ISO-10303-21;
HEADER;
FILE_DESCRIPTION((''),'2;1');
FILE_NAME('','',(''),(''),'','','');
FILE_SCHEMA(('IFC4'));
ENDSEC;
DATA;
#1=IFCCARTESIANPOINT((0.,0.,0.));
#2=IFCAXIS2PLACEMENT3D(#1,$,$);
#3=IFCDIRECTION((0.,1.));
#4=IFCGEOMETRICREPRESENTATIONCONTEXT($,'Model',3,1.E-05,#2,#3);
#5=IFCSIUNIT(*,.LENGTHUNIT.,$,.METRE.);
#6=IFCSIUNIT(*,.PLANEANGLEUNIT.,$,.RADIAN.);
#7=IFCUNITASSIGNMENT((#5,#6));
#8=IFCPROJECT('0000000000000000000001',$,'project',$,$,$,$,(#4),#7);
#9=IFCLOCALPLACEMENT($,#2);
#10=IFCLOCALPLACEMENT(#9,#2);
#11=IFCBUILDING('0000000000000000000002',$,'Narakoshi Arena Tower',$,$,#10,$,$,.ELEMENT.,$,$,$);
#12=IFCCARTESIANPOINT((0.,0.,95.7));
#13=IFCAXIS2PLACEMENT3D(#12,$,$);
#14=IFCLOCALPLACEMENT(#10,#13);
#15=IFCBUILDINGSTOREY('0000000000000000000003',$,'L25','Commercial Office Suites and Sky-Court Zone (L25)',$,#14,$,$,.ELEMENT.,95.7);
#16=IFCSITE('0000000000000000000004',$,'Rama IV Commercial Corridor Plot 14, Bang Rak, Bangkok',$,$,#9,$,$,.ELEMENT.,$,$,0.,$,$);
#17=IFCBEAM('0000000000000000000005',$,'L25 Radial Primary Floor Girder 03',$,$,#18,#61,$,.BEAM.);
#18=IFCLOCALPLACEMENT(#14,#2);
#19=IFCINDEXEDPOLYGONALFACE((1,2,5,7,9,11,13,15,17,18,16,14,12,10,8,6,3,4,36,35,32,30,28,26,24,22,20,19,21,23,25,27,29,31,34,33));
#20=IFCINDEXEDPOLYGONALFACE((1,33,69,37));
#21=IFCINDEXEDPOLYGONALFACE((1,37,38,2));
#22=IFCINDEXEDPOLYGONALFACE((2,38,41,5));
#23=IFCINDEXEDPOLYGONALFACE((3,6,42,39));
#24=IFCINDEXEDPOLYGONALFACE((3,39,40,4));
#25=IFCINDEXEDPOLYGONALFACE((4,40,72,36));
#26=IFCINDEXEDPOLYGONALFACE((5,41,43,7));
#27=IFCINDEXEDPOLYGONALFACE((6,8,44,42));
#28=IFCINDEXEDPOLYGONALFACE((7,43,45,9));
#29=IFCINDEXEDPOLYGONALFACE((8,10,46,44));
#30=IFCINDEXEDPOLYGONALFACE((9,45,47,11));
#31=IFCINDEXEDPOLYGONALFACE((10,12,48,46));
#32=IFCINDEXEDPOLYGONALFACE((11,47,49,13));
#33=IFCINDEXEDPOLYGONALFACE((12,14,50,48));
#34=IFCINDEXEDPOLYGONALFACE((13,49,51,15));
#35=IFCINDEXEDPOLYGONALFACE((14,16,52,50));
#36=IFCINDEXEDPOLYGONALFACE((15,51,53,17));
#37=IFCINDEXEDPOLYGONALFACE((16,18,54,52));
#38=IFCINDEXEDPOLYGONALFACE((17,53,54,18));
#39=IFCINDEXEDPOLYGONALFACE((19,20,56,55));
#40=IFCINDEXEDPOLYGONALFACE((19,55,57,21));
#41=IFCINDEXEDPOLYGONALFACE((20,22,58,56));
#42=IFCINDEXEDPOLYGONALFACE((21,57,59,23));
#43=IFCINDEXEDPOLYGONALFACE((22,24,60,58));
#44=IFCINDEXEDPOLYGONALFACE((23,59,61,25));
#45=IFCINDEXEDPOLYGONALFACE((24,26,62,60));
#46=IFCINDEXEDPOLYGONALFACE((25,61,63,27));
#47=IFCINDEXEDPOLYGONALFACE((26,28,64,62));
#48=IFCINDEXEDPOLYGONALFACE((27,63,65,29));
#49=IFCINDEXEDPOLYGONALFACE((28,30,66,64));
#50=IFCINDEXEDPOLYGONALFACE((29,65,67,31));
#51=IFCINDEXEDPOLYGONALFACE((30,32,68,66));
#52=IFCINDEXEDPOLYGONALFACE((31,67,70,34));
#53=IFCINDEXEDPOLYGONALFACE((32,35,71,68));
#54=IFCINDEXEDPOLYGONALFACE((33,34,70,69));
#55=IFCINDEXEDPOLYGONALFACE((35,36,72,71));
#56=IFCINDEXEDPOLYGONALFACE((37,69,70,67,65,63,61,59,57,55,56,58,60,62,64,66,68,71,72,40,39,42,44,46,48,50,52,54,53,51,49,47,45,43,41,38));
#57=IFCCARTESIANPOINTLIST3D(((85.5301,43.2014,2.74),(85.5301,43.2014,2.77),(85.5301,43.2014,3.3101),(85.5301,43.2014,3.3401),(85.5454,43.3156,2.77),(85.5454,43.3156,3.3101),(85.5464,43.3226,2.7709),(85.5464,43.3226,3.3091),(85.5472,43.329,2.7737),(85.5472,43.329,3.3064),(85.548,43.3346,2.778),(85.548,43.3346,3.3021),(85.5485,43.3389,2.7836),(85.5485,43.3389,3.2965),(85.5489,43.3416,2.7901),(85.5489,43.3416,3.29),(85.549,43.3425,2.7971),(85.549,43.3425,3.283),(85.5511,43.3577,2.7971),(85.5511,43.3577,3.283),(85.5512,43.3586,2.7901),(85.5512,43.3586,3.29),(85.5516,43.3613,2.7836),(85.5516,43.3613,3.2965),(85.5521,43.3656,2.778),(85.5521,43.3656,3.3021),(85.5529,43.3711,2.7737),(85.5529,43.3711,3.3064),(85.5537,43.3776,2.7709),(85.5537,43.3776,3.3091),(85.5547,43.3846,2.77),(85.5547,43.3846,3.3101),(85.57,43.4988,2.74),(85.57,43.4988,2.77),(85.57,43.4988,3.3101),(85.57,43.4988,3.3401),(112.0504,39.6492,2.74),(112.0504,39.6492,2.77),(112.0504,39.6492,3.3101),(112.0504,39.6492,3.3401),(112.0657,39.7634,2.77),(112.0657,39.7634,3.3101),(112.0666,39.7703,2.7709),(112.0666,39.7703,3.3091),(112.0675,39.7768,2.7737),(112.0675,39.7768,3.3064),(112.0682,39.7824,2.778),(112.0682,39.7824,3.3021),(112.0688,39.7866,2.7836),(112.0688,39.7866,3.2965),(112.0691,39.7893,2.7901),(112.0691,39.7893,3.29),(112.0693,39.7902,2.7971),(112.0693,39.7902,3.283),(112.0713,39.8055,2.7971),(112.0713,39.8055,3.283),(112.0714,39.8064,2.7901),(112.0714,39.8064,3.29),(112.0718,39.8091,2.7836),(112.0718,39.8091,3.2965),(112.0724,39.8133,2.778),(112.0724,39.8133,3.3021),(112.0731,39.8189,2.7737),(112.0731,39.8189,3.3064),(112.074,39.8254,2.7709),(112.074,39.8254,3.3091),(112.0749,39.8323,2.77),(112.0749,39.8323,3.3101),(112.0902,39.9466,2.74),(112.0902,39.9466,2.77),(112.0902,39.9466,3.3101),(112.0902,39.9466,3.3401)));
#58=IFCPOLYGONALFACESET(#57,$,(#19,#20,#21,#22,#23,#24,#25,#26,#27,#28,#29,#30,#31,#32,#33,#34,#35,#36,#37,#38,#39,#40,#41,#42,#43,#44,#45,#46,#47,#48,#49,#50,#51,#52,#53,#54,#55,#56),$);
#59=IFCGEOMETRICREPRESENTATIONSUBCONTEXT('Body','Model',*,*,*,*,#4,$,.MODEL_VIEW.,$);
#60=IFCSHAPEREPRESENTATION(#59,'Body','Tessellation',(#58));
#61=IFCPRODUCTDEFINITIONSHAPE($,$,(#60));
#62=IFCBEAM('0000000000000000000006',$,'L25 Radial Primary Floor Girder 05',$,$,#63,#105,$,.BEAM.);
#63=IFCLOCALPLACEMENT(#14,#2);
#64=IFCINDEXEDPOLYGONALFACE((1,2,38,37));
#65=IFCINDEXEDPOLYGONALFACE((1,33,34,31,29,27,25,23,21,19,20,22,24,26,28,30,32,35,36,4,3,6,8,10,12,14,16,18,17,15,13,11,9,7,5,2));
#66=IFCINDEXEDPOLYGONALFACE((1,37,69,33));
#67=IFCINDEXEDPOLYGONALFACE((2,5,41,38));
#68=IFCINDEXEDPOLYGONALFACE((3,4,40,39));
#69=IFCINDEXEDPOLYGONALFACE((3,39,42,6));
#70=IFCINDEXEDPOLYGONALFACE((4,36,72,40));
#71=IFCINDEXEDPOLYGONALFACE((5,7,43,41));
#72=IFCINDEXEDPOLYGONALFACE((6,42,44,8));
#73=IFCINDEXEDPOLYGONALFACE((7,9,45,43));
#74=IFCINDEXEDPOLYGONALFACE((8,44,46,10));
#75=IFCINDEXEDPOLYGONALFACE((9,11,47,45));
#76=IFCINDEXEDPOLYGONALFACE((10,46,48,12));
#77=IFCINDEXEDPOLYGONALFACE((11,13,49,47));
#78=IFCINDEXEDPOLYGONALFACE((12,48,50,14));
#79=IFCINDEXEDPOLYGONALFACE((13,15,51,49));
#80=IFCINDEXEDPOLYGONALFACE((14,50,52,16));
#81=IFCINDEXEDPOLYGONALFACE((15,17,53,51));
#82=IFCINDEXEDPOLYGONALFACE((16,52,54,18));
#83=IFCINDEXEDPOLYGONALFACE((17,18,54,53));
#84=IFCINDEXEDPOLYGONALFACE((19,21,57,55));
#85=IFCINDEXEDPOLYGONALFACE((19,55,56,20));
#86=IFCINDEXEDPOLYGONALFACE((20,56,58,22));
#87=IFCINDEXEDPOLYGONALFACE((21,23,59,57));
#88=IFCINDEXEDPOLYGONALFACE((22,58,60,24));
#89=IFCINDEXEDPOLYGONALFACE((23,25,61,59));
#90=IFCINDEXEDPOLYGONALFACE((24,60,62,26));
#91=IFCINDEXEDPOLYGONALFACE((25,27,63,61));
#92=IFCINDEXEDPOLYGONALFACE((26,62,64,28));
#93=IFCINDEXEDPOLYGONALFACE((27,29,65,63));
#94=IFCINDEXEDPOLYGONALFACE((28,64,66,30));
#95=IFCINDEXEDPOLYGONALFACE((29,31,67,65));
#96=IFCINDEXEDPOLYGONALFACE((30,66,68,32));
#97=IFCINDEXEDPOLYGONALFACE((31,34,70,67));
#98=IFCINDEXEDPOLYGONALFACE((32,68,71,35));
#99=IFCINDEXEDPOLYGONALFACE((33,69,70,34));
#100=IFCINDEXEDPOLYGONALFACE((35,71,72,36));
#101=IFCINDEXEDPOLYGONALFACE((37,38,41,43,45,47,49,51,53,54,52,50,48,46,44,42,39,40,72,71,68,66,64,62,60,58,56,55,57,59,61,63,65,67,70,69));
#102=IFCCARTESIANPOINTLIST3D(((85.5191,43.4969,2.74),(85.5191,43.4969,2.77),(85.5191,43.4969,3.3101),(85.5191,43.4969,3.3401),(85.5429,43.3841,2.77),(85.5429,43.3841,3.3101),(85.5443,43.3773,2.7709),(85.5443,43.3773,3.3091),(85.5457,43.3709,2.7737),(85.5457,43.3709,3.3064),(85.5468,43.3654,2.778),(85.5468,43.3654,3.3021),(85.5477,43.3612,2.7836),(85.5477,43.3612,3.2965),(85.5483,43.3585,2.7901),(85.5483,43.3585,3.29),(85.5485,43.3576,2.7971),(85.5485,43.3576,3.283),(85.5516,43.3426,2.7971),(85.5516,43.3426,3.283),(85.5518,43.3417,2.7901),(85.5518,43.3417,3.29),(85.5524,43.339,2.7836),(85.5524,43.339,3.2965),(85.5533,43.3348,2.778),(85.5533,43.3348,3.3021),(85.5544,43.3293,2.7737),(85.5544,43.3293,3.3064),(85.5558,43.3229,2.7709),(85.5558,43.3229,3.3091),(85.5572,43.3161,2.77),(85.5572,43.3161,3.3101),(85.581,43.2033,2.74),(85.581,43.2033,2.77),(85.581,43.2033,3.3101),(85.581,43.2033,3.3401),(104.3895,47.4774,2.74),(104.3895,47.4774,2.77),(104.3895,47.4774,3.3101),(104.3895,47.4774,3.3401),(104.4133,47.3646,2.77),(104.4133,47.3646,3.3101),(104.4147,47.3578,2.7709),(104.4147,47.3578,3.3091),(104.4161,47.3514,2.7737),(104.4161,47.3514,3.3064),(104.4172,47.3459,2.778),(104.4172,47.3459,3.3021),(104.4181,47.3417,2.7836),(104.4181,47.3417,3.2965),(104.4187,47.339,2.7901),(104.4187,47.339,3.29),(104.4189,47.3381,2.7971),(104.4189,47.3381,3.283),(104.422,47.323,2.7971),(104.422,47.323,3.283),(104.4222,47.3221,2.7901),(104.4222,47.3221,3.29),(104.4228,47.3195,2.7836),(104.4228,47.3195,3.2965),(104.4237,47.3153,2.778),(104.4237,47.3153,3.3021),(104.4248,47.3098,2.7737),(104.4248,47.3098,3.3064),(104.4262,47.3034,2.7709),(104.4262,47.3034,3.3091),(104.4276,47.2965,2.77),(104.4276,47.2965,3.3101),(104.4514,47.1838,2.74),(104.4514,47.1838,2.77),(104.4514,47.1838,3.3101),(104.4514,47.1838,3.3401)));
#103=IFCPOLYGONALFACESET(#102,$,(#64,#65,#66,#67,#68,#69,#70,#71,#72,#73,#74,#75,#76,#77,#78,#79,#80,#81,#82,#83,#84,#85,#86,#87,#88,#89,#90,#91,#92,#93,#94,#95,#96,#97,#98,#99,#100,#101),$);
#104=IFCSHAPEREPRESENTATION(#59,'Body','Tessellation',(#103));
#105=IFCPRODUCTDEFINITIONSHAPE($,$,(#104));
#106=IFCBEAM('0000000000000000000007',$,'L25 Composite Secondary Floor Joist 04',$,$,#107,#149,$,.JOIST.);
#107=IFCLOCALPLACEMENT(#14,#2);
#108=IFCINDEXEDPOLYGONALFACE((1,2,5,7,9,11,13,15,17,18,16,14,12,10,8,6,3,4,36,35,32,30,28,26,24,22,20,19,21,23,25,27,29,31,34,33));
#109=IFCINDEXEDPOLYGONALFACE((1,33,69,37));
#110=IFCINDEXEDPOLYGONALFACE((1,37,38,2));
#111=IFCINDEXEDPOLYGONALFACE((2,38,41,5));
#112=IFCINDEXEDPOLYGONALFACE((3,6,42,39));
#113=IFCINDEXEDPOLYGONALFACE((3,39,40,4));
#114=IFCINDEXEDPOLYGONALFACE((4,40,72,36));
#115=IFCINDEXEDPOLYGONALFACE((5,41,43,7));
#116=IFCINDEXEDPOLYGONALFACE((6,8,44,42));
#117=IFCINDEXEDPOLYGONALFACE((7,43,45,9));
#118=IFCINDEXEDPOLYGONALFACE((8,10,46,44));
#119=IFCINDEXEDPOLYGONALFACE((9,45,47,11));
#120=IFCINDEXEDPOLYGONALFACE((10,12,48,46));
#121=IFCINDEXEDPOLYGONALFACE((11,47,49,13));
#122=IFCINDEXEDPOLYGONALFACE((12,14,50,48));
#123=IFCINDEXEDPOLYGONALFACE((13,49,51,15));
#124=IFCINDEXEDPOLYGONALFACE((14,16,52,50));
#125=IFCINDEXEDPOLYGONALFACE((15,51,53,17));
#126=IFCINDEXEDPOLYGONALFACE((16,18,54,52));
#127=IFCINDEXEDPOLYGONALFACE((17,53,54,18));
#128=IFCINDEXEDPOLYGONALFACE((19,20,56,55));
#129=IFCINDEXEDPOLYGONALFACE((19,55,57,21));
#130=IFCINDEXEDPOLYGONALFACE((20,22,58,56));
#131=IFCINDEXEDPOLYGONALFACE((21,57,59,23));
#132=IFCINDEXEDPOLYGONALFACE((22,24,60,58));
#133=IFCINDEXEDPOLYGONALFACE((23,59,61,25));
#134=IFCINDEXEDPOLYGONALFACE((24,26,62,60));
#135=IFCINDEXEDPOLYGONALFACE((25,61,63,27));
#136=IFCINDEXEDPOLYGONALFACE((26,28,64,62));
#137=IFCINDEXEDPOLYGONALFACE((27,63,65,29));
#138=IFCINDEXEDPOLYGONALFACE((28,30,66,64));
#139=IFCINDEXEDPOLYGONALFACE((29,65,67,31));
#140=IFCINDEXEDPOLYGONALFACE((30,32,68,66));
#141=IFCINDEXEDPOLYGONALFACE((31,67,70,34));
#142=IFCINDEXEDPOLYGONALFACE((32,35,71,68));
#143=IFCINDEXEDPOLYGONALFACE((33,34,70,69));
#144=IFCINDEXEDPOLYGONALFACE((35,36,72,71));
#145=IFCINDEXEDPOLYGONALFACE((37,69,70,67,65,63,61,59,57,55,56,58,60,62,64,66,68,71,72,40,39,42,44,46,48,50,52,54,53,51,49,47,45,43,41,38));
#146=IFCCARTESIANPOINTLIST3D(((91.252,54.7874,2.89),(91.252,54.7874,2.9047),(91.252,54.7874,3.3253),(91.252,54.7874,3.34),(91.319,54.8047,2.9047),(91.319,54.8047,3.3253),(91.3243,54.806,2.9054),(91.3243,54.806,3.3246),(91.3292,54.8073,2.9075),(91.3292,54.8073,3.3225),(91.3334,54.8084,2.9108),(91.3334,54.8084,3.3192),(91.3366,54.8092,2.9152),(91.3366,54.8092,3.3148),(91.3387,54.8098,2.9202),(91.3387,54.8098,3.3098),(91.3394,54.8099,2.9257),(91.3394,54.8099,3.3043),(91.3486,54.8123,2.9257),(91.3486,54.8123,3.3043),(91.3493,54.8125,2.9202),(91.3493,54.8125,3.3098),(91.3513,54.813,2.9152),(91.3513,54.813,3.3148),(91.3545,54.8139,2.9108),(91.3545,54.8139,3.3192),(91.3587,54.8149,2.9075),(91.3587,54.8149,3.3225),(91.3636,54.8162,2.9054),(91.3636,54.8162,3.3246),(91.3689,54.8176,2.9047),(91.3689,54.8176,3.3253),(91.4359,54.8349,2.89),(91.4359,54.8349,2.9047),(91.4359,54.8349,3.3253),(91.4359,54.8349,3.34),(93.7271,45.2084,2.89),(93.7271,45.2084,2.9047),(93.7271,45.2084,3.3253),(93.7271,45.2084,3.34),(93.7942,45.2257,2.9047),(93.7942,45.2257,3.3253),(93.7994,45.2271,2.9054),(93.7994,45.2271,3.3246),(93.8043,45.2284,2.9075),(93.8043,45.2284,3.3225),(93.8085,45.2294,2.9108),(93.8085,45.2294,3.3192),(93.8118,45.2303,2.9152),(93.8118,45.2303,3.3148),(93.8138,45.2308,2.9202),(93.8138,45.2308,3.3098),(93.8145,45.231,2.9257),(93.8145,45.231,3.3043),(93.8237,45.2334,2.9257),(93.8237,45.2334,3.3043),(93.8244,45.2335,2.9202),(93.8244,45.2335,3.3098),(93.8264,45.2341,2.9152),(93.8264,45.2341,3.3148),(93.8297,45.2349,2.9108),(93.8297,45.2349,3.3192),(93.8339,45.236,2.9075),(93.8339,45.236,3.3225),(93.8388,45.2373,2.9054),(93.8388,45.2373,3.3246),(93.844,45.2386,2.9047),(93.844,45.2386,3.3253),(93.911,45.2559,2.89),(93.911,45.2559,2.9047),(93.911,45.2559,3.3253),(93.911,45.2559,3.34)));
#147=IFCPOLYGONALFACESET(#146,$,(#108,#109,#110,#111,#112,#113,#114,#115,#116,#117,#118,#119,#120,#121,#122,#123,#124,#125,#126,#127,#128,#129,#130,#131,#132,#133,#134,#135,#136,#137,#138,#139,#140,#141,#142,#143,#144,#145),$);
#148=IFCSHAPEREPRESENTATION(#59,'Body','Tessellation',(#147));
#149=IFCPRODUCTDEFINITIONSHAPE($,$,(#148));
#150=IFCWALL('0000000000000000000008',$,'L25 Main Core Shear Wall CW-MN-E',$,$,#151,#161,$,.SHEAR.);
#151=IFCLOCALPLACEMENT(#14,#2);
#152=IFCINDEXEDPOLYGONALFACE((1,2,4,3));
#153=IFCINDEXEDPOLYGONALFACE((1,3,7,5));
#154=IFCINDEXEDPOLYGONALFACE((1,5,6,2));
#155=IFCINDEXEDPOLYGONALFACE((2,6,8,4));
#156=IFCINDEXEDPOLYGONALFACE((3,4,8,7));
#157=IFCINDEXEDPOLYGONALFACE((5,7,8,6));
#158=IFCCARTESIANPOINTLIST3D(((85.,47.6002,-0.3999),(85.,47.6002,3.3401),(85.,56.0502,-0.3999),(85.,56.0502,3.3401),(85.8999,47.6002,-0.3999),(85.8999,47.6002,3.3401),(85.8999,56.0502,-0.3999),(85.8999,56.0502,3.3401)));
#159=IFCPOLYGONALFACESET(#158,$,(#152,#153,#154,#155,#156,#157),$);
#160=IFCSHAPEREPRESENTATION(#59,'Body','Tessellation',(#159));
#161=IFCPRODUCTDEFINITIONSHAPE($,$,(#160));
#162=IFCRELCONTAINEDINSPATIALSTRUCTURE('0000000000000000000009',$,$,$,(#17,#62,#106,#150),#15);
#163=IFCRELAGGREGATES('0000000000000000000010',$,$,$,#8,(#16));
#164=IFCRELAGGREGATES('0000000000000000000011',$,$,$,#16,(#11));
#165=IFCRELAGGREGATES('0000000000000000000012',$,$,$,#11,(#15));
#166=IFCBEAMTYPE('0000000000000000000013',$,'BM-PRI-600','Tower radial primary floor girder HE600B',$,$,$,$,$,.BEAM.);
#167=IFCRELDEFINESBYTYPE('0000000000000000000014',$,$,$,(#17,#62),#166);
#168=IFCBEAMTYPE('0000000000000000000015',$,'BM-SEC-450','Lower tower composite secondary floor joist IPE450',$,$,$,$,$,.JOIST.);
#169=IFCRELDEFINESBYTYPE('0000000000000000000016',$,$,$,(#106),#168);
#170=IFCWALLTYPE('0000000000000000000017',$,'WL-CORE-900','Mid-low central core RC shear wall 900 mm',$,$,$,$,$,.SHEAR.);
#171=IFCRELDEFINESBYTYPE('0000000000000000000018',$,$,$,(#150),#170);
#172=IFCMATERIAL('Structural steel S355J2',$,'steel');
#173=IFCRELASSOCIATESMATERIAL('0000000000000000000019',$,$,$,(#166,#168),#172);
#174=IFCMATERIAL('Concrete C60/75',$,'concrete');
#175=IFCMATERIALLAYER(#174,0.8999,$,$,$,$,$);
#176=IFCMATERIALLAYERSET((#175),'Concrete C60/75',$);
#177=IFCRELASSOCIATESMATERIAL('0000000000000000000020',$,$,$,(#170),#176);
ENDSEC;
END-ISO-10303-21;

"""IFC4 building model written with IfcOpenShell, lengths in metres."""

from ifc_helpers import new_model, si_unit, direction, frame, frame_2d, origin, origin_2d, place, context, subcontext, project, spatial, rectangle, i_section, extrude, material, layer, layer_set, material_profile, profile_set, type_object, element, save


model = new_model("IFC4")

# Units and contexts
model_context = context("Model", 3, precision=1e-05, world=origin(), true_north=direction((0.0, 1.0)))
body_context = subcontext(model_context, "Body", "Model", "MODEL_VIEW")
ifc_project = project(units=[si_unit("LENGTHUNIT", "METRE"), si_unit("PLANEANGLEUNIT", "RADIAN")], contexts=[model_context])

# Site, building, storey
site_placement = place(None, origin())
site = spatial("IfcSite", under=ifc_project, at=site_placement, Name="Rama IV Commercial Corridor Plot 14, Bang Rak, Bangkok", CompositionType="ELEMENT", RefElevation=0.0)
building_placement = place(site_placement, origin())
building = spatial("IfcBuilding", under=site, at=building_placement, Name="Narakoshi Arena Tower", CompositionType="ELEMENT")
storey_placement = place(building_placement, frame((0.0, 0.0, 95.7)))
storey = spatial("IfcBuildingStorey", under=building, at=storey_placement, Name="L25", Description="Commercial Office Suites and Sky-Court Zone (L25)", CompositionType="ELEMENT", Elevation=95.7)

# Beams
ifc_material_1 = material(Name="Structural steel S355J2", Category="steel")
ifc_material_profile_1 = material_profile(ifc_material_1, i_section(OverallWidth=0.3, OverallDepth=0.6001, WebThickness=0.0154, FlangeThickness=0.03, FilletRadius=0.0271, at=origin_2d()), Name="HE600B")
ifc_profile_set_1 = profile_set([ifc_material_profile_1], Name="Structural steel S355J2")
beam_type_1 = type_object("IfcBeamType", Name="BM-PRI-600", Description="Tower radial primary floor girder HE600B", PredefinedType="BEAM", material=ifc_profile_set_1)
beam_1_placement = place(storey_placement, frame((85.55, 43.3501, 3.04), z_axis=(0.991148, -0.132759, 0.0), x_axis=(0.132759, 0.991148, 0.0)))
element("IfcBeam", 1, at=beam_1_placement, inside=storey, type_object=beam_type_1, Name="L25 Radial Primary Floor Girder 03", PredefinedType="BEAM", context=body_context, shape_type="SweptSolid", body=[
    extrude(i_section(OverallWidth=0.3, OverallDepth=0.6001, WebThickness=0.0154, FlangeThickness=0.03, FilletRadius=0.0271, at=origin_2d()), origin(), (0.0, 0.0, 1.0), 26.7571),
])
beam_2_placement = place(storey_placement, frame((85.55, 43.3501, 3.04), z_axis=(0.978469, 0.206396, 0.0), x_axis=(-0.206396, 0.978469, 0.0)))
element("IfcBeam", 2, at=beam_2_placement, inside=storey, type_object=beam_type_1, Name="L25 Radial Primary Floor Girder 05", PredefinedType="BEAM", context=body_context, shape_type="SweptSolid", body=[
    extrude(i_section(OverallWidth=0.3, OverallDepth=0.6001, WebThickness=0.0154, FlangeThickness=0.03, FilletRadius=0.0271, at=origin_2d()), origin(), (0.0, 0.0, 1.0), 19.2856),
])
ifc_material_profile_2 = material_profile(ifc_material_1, i_section(OverallWidth=0.1899, OverallDepth=0.45, WebThickness=0.0095, FlangeThickness=0.0146, FilletRadius=0.021, at=origin_2d()), Name="IPE450")
ifc_profile_set_2 = profile_set([ifc_material_profile_2], Name="Structural steel S355J2")
beam_type_2 = type_object("IfcBeamType", Name="BM-SEC-450", Description="Lower tower composite secondary floor joist IPE450", PredefinedType="JOIST", material=ifc_profile_set_2)
beam_3_placement = place(storey_placement, frame((93.8191, 45.2322, 3.115), z_axis=(-0.250175, 0.968201, 0.0), x_axis=(-0.968201, -0.250175, 0.0)))
element("IfcBeam", 3, at=beam_3_placement, inside=storey, type_object=beam_type_2, Name="L25 Composite Secondary Floor Joist 04", PredefinedType="JOIST", context=body_context, shape_type="SweptSolid", body=[
    extrude(i_section(OverallWidth=0.1899, OverallDepth=0.45, WebThickness=0.0095, FlangeThickness=0.0146, FilletRadius=0.021, at=origin_2d()), origin(), (0.0, 0.0, 1.0), 9.8936),
])

# Wall
ifc_material_2 = material(Name="Concrete C60/75", Category="concrete")
ifc_layer_1 = layer(ifc_material_2, 0.8999)
ifc_layer_set_1 = layer_set([ifc_layer_1], Name="Concrete C60/75")
wall_type_1 = type_object("IfcWallType", Name="WL-CORE-900", Description="Mid-low central core RC shear wall 900 mm", PredefinedType="SHEAR", material=ifc_layer_set_1)
wall_1_placement = place(storey_placement, frame((85.45, 47.6001, -0.3999), z_axis=(0.0, 0.0, 1.0), x_axis=(0.0, 1.0, 0.0)))
element("IfcWall", 4, at=wall_1_placement, inside=storey, type_object=wall_type_1, Name="L25 Main Core Shear Wall CW-MN-E", PredefinedType="SHEAR", context=body_context, shape_type="SweptSolid", body=[
    extrude(rectangle(XDim=8.45, YDim=0.8999, at=frame_2d((4.2251, 0.0))), origin(), (0.0, 0.0, 1.0), 3.74),
])

save(model, "model.ifc")
